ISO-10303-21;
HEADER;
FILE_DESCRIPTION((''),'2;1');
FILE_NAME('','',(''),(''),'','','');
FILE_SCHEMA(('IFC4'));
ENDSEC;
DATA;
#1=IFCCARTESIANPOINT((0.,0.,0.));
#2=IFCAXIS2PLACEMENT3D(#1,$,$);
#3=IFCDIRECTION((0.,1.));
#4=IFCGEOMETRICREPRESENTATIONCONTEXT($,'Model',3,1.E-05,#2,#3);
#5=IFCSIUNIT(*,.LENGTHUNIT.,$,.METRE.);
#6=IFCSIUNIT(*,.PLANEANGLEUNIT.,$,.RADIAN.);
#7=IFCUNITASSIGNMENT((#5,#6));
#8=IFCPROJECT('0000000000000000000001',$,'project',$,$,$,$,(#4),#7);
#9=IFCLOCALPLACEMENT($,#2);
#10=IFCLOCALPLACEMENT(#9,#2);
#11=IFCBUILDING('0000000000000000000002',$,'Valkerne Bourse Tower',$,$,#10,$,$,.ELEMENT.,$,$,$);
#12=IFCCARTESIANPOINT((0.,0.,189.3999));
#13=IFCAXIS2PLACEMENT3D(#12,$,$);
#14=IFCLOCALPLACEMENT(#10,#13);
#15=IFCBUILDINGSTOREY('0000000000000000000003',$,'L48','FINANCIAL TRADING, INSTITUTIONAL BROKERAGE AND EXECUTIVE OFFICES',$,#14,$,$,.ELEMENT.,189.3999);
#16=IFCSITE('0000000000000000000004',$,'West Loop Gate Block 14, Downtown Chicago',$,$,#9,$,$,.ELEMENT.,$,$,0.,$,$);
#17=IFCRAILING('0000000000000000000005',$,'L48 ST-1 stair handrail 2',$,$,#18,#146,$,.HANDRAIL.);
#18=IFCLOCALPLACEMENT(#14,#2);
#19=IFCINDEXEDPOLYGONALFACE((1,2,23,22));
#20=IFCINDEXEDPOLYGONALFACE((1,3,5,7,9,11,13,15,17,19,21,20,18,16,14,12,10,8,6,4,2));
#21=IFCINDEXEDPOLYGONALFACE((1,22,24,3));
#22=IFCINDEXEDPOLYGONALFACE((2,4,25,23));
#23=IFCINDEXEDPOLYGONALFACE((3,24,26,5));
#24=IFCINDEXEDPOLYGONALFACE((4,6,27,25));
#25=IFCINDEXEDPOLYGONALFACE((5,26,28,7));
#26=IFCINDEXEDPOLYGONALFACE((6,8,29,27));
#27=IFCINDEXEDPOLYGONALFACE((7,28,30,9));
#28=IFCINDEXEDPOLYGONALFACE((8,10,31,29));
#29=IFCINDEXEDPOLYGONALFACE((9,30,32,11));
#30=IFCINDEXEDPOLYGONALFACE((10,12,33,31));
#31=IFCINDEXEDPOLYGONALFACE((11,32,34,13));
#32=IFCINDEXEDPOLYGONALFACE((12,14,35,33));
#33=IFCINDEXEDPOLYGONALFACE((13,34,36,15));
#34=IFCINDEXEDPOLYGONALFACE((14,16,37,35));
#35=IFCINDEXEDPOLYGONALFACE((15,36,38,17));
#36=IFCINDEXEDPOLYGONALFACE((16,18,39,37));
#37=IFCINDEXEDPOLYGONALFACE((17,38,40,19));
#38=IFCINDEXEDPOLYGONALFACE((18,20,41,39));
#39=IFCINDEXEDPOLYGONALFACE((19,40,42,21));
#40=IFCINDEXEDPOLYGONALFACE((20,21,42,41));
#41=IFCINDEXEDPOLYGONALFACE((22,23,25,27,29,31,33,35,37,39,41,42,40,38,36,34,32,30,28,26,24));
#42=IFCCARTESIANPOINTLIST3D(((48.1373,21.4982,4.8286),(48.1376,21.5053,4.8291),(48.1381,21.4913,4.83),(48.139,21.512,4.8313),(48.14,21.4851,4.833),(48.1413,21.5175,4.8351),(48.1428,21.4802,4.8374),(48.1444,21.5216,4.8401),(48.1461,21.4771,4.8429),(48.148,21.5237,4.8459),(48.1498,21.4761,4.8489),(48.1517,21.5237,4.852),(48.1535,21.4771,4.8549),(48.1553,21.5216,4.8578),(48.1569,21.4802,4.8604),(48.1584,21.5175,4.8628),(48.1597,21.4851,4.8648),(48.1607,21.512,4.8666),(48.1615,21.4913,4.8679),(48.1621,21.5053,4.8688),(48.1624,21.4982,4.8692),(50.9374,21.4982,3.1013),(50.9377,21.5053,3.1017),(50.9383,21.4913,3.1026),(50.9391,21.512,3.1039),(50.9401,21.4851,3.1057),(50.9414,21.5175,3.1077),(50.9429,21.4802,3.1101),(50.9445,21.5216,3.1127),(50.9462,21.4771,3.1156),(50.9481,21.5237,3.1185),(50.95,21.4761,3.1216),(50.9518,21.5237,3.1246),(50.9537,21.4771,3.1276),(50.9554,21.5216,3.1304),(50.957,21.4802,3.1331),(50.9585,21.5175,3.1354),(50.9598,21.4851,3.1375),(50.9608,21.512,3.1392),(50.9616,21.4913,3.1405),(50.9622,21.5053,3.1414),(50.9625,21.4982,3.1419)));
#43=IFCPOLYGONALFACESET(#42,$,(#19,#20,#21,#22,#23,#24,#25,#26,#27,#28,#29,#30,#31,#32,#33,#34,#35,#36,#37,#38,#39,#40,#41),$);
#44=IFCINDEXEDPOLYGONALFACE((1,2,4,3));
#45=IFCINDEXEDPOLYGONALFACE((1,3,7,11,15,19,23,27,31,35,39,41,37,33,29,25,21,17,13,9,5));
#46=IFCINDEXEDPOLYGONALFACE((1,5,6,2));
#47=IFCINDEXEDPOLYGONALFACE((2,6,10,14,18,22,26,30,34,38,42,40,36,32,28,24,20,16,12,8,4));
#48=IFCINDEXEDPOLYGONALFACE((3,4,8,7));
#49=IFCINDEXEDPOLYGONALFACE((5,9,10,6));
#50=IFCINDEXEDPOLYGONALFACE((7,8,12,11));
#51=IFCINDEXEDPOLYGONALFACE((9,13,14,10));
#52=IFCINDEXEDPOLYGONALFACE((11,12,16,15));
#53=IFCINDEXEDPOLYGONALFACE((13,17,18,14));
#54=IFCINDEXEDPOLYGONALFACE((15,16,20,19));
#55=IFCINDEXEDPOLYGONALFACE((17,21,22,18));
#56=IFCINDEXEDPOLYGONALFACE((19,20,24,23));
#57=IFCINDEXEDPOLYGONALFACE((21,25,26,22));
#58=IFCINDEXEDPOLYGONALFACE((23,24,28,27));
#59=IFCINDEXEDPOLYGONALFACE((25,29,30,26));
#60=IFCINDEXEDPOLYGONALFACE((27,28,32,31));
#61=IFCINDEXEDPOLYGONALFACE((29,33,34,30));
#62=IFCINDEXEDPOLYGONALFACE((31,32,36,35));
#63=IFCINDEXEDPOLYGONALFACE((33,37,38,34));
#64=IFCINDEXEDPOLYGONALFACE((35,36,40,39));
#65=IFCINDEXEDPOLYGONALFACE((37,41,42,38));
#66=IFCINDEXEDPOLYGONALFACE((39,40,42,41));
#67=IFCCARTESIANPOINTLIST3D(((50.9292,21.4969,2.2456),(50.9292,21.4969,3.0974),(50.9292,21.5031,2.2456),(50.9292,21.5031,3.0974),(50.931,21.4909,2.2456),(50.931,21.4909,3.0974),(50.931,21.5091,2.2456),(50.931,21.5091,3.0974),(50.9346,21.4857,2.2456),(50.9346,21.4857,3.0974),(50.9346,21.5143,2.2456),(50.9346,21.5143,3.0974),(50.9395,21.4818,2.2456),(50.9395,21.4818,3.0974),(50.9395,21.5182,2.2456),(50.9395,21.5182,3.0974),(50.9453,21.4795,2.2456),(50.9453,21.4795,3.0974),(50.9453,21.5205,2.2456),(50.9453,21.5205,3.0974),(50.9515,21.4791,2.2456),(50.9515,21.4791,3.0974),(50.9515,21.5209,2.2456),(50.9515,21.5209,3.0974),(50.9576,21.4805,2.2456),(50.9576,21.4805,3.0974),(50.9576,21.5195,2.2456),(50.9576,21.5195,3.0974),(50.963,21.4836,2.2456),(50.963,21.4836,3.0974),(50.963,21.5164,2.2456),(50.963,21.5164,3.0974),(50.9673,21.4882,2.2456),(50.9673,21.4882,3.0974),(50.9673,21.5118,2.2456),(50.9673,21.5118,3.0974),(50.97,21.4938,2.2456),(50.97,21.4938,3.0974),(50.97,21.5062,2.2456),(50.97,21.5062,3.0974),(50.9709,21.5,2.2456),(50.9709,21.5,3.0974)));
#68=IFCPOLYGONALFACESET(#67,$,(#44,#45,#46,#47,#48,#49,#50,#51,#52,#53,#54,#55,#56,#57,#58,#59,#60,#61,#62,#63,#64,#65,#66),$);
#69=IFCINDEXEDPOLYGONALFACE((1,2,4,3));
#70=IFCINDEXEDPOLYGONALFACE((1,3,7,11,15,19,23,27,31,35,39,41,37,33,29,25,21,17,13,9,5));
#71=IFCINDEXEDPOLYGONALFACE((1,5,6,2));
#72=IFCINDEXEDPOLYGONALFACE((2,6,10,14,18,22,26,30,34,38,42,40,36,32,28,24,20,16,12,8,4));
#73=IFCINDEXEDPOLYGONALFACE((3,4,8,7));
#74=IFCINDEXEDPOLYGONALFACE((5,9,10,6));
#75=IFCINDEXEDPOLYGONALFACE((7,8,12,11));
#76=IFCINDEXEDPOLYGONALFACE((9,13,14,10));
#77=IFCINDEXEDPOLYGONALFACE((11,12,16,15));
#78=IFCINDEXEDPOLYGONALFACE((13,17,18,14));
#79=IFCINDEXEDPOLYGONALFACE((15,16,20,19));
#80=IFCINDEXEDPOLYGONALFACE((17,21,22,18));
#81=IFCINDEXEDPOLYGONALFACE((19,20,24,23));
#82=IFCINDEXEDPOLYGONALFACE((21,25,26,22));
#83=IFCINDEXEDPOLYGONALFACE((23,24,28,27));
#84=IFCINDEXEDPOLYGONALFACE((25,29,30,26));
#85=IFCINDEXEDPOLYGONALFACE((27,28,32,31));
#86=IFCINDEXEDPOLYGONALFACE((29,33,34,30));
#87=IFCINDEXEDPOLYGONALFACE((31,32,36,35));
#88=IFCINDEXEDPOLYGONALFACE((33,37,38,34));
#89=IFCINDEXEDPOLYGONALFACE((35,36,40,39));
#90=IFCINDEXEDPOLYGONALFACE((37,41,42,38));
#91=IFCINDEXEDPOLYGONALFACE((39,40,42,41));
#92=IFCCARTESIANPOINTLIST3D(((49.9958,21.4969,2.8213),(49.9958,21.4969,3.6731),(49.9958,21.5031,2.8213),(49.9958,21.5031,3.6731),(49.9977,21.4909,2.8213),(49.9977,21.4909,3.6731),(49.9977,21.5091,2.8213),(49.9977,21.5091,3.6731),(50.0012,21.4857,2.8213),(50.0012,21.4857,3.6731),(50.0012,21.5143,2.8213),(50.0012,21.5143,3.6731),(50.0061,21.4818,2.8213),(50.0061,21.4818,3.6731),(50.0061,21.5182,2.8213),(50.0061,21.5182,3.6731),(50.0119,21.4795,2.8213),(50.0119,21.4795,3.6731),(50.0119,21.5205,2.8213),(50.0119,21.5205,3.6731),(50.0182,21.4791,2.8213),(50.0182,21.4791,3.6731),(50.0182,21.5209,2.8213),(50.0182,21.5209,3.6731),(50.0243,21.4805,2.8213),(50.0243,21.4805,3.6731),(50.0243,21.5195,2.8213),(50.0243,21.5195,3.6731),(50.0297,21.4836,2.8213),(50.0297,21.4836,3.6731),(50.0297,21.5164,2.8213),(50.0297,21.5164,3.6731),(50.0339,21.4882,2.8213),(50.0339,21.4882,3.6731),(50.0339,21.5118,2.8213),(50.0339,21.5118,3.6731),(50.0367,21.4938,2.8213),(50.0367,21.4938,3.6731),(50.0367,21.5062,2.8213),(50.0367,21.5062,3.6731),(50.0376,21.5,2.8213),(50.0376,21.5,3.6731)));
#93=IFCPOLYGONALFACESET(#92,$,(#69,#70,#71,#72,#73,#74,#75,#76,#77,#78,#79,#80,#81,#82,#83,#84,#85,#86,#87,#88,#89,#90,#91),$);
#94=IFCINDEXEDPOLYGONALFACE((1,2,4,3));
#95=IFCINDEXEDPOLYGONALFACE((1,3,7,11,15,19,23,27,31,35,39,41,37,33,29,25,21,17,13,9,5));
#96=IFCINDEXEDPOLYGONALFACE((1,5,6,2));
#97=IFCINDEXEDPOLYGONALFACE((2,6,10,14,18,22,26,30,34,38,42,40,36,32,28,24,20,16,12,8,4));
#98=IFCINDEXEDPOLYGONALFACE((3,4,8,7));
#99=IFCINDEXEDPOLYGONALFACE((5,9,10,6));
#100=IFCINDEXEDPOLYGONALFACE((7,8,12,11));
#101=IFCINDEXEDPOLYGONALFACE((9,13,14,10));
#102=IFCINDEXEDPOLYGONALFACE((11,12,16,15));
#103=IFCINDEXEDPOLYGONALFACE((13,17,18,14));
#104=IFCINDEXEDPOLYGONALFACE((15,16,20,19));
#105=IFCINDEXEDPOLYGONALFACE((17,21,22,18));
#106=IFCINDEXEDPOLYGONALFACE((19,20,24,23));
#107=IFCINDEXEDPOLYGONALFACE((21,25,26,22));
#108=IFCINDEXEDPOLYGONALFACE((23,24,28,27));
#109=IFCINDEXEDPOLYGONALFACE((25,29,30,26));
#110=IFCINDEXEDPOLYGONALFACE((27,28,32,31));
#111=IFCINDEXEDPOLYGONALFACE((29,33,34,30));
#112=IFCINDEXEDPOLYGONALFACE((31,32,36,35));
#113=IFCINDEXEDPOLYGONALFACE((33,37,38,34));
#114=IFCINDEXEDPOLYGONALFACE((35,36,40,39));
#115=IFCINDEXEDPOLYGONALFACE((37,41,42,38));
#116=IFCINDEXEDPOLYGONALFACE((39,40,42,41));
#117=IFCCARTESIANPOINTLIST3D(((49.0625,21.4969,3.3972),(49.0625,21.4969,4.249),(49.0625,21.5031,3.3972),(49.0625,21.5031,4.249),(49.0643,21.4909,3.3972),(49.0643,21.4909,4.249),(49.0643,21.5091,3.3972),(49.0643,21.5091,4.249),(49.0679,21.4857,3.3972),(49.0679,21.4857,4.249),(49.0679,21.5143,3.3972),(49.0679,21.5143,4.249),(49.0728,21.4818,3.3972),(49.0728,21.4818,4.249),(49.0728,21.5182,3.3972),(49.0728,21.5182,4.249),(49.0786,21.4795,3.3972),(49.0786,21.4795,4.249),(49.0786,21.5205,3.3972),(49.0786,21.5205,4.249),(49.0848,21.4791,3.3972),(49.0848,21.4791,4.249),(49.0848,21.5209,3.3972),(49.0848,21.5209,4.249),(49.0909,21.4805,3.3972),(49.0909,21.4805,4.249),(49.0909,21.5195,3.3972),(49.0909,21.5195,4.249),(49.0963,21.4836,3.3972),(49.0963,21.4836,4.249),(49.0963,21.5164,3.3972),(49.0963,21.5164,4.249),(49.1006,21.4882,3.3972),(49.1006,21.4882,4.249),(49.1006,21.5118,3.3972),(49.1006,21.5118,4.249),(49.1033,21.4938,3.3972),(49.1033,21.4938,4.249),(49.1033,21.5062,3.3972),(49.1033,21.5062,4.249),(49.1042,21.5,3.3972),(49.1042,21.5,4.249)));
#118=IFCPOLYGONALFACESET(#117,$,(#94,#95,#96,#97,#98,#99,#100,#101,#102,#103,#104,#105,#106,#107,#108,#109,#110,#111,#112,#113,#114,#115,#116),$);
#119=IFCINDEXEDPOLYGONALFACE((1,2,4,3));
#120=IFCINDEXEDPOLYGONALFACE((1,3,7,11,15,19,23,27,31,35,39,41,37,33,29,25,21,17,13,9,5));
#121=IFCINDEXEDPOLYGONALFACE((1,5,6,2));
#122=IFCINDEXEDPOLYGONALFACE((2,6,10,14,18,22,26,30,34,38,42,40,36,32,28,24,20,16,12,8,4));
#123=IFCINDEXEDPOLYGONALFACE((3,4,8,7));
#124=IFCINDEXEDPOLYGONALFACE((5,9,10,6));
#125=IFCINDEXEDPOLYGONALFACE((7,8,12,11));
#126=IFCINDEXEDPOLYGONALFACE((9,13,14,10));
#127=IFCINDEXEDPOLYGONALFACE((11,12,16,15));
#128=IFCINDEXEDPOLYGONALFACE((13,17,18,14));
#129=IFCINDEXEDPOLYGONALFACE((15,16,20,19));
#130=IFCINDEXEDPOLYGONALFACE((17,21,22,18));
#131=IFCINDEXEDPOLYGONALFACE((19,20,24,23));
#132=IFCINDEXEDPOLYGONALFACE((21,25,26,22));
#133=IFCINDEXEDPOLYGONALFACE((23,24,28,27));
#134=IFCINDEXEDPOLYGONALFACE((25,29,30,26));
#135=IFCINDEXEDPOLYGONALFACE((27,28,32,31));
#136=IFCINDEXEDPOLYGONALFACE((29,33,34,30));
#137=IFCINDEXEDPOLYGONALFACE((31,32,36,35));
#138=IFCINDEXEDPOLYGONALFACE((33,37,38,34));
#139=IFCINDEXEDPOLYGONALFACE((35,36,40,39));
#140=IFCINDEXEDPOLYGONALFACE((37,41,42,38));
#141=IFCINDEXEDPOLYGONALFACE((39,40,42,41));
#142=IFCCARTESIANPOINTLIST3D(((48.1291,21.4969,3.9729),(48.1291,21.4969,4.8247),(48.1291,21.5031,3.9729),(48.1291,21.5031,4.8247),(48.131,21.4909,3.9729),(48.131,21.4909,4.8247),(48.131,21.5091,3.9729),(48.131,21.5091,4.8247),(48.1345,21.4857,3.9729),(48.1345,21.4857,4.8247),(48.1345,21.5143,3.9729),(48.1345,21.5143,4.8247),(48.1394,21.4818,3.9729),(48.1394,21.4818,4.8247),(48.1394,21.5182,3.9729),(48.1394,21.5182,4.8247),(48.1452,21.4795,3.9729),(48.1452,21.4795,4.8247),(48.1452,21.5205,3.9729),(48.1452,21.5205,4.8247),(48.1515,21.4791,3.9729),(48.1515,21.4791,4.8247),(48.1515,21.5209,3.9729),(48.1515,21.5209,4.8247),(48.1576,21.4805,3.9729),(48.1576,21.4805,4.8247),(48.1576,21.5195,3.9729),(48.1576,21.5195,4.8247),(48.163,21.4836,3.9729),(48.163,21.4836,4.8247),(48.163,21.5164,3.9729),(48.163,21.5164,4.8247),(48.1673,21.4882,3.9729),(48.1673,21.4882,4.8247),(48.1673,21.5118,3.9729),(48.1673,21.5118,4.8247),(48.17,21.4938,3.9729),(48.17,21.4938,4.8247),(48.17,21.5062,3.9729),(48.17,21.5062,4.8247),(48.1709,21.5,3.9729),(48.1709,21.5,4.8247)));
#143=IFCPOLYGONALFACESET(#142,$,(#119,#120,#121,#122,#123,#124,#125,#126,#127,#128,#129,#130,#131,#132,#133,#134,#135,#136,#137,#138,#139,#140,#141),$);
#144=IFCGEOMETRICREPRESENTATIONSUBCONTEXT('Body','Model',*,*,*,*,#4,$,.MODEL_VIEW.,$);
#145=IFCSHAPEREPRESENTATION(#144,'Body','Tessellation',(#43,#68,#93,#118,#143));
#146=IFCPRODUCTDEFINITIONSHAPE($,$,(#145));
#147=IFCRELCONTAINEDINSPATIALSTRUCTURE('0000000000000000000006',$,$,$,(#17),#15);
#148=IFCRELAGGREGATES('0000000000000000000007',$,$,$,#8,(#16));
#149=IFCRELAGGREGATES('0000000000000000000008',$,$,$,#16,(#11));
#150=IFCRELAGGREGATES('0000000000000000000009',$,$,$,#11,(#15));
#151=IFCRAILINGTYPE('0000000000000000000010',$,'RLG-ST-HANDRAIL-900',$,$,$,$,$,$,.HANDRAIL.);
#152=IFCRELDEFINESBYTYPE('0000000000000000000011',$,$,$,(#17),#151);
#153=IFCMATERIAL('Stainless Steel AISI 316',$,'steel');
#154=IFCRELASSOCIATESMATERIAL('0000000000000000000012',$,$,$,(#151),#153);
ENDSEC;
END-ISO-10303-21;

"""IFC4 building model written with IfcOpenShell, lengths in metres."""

from ifc_helpers import new_model, si_unit, direction, frame, origin, origin_2d, place, context, subcontext, project, spatial, circle, extrude, material, type_object, element, save


model = new_model("IFC4")

# Units and contexts
model_context = context("Model", 3, precision=1e-05, world=origin(), true_north=direction((0.0, 1.0)))
body_context = subcontext(model_context, "Body", "Model", "MODEL_VIEW")
ifc_project = project(units=[si_unit("LENGTHUNIT", "METRE"), si_unit("PLANEANGLEUNIT", "RADIAN")], contexts=[model_context])

# Site, building, storey
site_placement = place(None, origin())
site = spatial("IfcSite", under=ifc_project, at=site_placement, Name="West Loop Gate Block 14, Downtown Chicago", CompositionType="ELEMENT", RefElevation=0.0)
building_placement = place(site_placement, origin())
building = spatial("IfcBuilding", under=site, at=building_placement, Name="Valkerne Bourse Tower", CompositionType="ELEMENT")
storey_placement = place(building_placement, frame((0.0, 0.0, 189.3999)))
storey = spatial("IfcBuildingStorey", under=building, at=storey_placement, Name="L48", Description="FINANCIAL TRADING, INSTITUTIONAL BROKERAGE AND EXECUTIVE OFFICES", CompositionType="ELEMENT", Elevation=189.3999)

# Shared definitions
ifc_material_1 = material(Name="Stainless Steel AISI 316", Category="steel")

# Railing
railing_type_1 = type_object("IfcRailingType", Name="RLG-ST-HANDRAIL-900", PredefinedType="HANDRAIL", material=ifc_material_1)
railing_1_placement = place(storey_placement, frame((50.95, 21.5, 2.2456)))
element("IfcRailing", 1, at=railing_1_placement, inside=storey, type_object=railing_type_1, Name="L48 ST-1 stair handrail 2", PredefinedType="HANDRAIL", context=body_context, shape_type="SweptSolid", body=[
    extrude(circle(Radius=0.0239, at=origin_2d()), frame((0.0, 0.0, 0.876), z_axis=(-0.85109, 0.0, 0.52502), x_axis=(0.0, -1.0, 0.0)), (0.0, 0.0, 1.0), 3.29),
    extrude(circle(Radius=0.021, at=origin_2d()), origin(), (0.0, 0.0, 1.0), 0.8518),
    extrude(circle(Radius=0.021, at=origin_2d()), frame((-0.9333, 0.0, 0.5757)), (0.0, 0.0, 1.0), 0.8518),
    extrude(circle(Radius=0.021, at=origin_2d()), frame((-1.8667, 0.0, 1.1516)), (0.0, 0.0, 1.0), 0.8518),
    extrude(circle(Radius=0.021, at=origin_2d()), frame((-2.8, 0.0, 1.7273)), (0.0, 0.0, 1.0), 0.8518),
])

save(model, "model.ifc")
